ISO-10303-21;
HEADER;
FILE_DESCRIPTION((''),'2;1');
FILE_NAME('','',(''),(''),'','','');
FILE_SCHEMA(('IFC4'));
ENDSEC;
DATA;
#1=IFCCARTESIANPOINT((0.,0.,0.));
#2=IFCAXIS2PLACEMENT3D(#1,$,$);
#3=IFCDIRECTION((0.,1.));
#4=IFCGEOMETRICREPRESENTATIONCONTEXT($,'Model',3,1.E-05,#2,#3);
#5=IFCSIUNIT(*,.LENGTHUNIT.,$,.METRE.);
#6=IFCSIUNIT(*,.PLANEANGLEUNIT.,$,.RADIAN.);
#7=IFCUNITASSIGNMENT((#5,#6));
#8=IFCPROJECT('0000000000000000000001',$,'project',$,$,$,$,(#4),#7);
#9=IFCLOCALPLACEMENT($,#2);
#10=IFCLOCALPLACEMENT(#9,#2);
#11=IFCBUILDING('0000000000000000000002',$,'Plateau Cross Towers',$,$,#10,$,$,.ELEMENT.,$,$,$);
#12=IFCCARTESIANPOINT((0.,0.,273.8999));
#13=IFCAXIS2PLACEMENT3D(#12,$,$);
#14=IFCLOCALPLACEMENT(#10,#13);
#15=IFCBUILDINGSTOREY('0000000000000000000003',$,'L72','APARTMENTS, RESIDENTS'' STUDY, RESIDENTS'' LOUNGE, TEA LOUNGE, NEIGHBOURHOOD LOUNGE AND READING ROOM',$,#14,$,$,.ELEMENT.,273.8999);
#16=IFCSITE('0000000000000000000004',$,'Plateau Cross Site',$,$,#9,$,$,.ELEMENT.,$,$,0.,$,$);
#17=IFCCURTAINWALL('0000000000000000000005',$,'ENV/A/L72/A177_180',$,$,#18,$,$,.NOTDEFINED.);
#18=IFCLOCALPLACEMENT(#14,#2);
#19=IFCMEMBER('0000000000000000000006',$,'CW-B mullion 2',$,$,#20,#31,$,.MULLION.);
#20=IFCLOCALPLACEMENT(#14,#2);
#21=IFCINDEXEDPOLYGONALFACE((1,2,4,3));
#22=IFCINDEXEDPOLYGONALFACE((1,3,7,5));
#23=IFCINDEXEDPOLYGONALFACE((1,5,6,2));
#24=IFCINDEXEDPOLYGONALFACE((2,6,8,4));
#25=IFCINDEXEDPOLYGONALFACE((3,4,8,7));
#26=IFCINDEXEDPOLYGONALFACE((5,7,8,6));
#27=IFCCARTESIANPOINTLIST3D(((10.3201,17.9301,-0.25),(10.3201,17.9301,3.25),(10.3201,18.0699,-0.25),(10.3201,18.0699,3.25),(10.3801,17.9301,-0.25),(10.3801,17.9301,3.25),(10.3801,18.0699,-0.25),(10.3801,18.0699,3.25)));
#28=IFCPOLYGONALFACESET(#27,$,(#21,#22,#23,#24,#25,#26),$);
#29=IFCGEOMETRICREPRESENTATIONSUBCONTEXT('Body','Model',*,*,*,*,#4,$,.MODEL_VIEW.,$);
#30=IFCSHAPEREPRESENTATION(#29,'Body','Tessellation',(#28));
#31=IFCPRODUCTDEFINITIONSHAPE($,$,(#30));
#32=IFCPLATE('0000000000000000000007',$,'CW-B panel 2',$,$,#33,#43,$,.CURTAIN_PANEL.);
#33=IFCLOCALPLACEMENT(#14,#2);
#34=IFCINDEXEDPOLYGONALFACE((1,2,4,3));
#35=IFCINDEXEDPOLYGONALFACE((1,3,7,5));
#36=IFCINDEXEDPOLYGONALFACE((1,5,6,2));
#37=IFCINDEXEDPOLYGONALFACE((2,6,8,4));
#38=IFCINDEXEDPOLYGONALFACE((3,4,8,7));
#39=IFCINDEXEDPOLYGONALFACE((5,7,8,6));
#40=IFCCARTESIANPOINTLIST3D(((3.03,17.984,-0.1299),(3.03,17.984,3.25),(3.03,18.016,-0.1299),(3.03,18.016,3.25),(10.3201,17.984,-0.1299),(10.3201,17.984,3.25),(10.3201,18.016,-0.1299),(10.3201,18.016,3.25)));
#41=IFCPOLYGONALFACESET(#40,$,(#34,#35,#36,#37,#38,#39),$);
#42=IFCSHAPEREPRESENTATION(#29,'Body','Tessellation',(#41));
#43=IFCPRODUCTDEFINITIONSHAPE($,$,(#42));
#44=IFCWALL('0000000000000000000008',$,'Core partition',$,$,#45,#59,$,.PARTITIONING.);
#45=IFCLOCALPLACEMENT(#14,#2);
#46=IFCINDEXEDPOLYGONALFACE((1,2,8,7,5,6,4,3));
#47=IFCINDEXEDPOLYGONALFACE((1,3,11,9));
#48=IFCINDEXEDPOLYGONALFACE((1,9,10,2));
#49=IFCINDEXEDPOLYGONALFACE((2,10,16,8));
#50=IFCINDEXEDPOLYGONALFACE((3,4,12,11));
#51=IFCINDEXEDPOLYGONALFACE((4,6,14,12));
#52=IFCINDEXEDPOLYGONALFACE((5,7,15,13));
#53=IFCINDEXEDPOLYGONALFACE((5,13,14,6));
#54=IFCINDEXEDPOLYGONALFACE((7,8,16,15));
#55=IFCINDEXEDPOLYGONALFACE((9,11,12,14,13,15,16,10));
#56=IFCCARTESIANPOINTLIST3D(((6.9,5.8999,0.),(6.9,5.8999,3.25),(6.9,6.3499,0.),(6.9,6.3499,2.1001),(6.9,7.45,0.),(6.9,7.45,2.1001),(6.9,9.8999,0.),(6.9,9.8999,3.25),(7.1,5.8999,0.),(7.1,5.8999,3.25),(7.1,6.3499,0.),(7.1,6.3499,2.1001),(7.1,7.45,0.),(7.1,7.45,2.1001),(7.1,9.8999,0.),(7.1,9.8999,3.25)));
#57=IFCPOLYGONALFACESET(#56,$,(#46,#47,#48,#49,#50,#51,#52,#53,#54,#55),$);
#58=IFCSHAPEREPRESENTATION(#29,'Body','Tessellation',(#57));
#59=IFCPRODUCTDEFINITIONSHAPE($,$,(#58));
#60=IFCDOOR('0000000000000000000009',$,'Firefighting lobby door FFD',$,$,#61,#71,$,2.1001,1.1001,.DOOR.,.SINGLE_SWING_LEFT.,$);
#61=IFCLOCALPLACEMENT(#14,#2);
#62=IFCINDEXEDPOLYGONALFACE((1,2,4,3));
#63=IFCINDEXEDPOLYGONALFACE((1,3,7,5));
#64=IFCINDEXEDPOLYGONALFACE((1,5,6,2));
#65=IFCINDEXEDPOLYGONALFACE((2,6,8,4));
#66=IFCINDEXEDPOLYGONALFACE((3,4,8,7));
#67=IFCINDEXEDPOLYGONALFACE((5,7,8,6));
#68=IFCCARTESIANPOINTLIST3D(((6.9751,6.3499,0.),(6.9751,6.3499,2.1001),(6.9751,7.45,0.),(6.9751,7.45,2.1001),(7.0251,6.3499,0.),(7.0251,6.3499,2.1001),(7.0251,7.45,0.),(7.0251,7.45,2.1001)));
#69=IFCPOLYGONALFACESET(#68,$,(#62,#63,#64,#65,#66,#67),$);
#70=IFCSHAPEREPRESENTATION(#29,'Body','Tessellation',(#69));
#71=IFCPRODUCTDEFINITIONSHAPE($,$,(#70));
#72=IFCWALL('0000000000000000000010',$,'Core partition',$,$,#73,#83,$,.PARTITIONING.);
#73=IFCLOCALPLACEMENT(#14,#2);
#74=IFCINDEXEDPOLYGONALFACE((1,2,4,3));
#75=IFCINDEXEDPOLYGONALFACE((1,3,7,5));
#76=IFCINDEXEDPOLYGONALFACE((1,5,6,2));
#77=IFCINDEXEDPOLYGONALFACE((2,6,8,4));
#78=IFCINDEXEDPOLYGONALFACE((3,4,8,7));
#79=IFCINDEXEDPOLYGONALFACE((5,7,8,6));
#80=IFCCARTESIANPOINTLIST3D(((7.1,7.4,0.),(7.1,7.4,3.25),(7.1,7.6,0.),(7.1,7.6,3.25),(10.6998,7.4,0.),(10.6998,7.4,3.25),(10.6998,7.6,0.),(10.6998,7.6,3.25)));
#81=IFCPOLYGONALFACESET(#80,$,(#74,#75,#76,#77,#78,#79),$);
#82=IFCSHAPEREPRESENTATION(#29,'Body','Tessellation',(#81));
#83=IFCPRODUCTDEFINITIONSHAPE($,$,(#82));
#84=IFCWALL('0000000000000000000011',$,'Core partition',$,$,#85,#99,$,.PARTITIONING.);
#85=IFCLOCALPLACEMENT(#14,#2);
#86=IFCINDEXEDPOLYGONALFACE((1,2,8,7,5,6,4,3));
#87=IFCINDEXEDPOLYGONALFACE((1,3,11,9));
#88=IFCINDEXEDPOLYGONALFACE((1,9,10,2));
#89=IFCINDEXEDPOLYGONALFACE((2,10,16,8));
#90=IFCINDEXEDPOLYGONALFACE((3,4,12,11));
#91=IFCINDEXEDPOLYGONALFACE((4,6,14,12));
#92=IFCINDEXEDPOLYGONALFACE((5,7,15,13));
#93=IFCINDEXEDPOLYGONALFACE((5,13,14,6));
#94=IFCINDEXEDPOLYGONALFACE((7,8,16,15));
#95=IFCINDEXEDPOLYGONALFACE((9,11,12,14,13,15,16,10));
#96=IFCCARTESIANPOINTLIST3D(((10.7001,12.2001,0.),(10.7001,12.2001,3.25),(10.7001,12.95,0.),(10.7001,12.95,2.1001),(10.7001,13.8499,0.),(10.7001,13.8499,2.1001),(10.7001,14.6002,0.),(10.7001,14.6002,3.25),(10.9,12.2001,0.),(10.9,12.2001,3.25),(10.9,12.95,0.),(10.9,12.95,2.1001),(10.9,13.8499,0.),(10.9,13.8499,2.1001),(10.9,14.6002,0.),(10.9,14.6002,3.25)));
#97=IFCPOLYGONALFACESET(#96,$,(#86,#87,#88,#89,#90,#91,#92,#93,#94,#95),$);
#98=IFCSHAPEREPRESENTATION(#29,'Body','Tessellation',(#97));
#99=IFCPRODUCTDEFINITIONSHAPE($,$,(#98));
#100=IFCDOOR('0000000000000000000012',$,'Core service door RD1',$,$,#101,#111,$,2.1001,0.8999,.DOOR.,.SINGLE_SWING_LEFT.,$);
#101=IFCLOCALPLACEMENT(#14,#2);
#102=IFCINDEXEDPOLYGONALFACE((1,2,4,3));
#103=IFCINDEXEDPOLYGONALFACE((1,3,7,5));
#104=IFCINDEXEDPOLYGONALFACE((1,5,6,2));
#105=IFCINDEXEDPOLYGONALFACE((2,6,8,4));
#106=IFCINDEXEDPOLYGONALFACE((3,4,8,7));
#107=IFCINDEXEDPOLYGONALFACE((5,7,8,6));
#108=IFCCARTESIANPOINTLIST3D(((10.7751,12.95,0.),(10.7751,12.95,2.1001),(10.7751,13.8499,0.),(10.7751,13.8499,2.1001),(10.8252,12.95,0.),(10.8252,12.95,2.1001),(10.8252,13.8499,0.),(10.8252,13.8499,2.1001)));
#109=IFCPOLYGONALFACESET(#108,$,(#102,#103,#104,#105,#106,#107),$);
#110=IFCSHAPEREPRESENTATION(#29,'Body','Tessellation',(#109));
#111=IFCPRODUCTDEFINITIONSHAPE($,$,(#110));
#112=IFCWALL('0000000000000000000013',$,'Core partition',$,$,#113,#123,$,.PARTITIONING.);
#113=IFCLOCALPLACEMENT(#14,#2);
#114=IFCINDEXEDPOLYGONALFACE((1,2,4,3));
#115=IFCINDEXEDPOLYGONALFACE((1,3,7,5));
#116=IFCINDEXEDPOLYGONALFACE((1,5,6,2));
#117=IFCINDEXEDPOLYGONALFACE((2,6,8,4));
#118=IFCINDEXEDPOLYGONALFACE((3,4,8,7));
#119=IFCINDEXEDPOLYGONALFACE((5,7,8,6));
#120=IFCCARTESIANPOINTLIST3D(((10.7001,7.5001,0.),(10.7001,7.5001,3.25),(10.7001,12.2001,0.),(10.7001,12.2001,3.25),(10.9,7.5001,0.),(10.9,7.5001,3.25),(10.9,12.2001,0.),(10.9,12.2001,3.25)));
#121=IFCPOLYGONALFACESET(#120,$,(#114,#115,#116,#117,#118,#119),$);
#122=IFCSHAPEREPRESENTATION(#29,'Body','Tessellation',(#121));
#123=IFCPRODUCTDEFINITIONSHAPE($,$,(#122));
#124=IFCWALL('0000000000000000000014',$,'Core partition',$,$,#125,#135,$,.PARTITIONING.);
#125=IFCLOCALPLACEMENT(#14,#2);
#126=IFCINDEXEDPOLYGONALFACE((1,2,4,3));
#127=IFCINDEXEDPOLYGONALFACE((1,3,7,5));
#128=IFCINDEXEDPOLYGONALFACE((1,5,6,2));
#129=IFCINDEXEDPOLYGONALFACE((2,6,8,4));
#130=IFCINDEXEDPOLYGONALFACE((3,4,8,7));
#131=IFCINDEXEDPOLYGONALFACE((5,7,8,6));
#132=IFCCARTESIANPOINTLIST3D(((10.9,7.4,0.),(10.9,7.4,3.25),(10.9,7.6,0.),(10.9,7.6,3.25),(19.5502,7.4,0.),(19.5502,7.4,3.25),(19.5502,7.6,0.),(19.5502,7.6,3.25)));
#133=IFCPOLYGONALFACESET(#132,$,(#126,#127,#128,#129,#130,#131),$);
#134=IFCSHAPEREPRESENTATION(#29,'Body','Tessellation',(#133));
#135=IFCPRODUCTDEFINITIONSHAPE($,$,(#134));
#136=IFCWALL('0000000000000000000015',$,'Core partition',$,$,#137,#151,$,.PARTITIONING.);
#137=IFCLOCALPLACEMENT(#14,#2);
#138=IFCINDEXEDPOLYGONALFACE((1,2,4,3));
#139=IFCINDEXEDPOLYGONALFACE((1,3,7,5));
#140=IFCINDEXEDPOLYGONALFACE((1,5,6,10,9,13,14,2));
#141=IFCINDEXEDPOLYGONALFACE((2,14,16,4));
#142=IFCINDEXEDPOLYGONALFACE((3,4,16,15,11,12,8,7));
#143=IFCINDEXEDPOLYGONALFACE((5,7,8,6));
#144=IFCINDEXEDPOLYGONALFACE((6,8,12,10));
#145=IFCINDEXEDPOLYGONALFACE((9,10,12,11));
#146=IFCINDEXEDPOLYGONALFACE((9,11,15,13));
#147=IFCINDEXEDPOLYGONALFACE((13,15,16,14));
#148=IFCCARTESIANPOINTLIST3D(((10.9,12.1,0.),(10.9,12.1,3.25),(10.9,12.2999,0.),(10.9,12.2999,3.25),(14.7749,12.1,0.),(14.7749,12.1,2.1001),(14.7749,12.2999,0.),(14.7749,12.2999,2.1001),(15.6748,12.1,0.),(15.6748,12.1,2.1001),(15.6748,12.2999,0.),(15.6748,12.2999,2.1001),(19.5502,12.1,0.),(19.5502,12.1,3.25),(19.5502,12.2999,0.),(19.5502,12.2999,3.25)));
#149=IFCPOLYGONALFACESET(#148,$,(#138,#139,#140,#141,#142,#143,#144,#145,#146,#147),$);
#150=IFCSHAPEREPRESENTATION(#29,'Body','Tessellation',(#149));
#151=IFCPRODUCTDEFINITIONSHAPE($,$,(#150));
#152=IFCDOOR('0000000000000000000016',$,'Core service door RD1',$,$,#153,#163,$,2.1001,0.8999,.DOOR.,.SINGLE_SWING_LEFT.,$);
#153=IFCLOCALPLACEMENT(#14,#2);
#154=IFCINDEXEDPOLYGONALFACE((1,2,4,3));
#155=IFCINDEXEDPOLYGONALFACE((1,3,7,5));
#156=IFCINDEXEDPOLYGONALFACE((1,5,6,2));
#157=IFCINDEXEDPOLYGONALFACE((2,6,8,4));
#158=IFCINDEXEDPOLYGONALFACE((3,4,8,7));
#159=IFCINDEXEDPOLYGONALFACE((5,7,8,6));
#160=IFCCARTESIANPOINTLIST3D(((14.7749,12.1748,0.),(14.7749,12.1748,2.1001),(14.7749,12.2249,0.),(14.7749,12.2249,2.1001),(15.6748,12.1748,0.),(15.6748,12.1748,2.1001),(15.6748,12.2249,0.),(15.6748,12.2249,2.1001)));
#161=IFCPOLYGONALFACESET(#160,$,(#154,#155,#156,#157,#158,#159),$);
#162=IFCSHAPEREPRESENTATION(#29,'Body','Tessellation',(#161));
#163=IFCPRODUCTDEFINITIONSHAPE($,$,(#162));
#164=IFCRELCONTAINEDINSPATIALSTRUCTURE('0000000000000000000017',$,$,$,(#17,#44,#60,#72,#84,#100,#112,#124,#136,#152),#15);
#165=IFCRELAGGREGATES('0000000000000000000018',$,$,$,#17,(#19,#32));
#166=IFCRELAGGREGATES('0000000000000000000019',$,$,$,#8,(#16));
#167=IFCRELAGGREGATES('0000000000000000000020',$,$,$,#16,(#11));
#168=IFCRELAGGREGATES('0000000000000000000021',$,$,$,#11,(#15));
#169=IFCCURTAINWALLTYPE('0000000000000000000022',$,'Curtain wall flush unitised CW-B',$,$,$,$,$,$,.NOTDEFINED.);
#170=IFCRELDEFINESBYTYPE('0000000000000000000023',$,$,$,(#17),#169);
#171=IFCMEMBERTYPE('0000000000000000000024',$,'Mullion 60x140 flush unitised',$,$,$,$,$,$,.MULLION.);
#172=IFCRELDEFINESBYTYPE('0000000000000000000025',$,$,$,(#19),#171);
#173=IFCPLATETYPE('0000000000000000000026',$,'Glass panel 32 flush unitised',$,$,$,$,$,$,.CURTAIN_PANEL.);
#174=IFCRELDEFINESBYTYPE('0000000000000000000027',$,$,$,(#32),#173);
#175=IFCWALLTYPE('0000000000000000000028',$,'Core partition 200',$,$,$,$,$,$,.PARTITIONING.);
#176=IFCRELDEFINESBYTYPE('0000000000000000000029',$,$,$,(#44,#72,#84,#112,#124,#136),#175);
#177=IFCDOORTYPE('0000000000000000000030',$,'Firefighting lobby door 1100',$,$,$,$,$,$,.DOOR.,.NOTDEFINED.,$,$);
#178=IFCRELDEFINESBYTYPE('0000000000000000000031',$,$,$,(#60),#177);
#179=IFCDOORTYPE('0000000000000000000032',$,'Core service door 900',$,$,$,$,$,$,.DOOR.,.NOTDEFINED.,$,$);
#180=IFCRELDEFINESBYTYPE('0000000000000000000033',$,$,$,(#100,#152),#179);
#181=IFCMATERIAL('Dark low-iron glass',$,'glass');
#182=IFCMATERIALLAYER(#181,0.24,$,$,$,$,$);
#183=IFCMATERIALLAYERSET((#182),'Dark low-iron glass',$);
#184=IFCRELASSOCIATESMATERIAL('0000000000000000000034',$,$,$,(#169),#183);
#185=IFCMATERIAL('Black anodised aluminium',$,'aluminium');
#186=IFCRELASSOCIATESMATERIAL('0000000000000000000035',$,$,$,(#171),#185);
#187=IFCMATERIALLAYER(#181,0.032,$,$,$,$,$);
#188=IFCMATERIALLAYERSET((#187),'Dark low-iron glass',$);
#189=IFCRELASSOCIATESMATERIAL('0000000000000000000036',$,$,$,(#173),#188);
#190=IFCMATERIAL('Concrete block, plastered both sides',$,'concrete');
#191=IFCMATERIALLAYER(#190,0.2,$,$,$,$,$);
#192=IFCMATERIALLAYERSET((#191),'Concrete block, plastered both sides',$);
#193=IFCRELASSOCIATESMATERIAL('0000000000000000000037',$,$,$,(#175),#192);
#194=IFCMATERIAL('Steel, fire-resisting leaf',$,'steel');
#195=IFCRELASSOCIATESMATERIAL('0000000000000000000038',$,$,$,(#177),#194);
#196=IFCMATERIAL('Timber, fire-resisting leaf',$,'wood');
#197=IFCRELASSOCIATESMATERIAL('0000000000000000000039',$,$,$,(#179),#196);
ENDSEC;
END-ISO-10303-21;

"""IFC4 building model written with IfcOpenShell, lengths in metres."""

from ifc_helpers import new_model, si_unit, direction, frame, frame_2d, origin, origin_2d, place, context, subcontext, project, spatial, rectangle, extrude, material, layer, layer_set, material_profile, profile_set, type_object, element, fill, aggregate, save


model = new_model("IFC4")

# Units and contexts
model_context = context("Model", 3, precision=1e-05, world=origin(), true_north=direction((0.0, 1.0)))
body_context = subcontext(model_context, "Body", "Model", "MODEL_VIEW")
ifc_project = project(units=[si_unit("LENGTHUNIT", "METRE"), si_unit("PLANEANGLEUNIT", "RADIAN")], contexts=[model_context])

# Site, building, storey
site_placement = place(None, origin())
site = spatial("IfcSite", under=ifc_project, at=site_placement, Name="Plateau Cross Site", CompositionType="ELEMENT", RefElevation=0.0)
building_placement = place(site_placement, origin())
building = spatial("IfcBuilding", under=site, at=building_placement, Name="Plateau Cross Towers", CompositionType="ELEMENT")
storey_placement = place(building_placement, frame((0.0, 0.0, 273.8999)))
storey = spatial("IfcBuildingStorey", under=building, at=storey_placement, Name="L72", Description="APARTMENTS, RESIDENTS' STUDY, RESIDENTS' LOUNGE, TEA LOUNGE, NEIGHBOURHOOD LOUNGE AND READING ROOM", CompositionType="ELEMENT", Elevation=273.8999)

# Curtain wall, member, plate
ifc_material_1 = material(Name="Dark low-iron glass", Category="glass")
ifc_layer_1 = layer(ifc_material_1, 0.24)
ifc_layer_set_1 = layer_set([ifc_layer_1], Name="Dark low-iron glass")
curtain_wall_type = type_object("IfcCurtainWallType", Name="Curtain wall flush unitised CW-B", PredefinedType="NOTDEFINED", material=ifc_layer_set_1)
curtain_wall_placement = place(storey_placement, origin())
curtain_wall = element("IfcCurtainWall", 1, at=curtain_wall_placement, inside=storey, type_object=curtain_wall_type, Name="ENV/A/L72/A177_180", PredefinedType="NOTDEFINED")
ifc_material_2 = material(Name="Black anodised aluminium", Category="aluminium")
ifc_material_profile = material_profile(ifc_material_2, rectangle(XDim=0.0601, YDim=0.1399, at=origin_2d()), Name="MULLION 60x140")
ifc_profile_set = profile_set([ifc_material_profile], Name="Black anodised aluminium")
member_type = type_object("IfcMemberType", Name="Mullion 60x140 flush unitised", PredefinedType="MULLION", material=ifc_profile_set)
member_placement = place(storey_placement, frame((10.3501, 18.0, -0.25), z_axis=(0.0, 0.0, 1.0), x_axis=(-1.0, 0.0, 0.0)))
member = element("IfcMember", 2, at=member_placement, type_object=member_type, Name="CW-B mullion 2", PredefinedType="MULLION", context=body_context, shape_type="SweptSolid", body=[
    extrude(rectangle(XDim=0.0601, YDim=0.1399, at=origin_2d()), origin(), (0.0, 0.0, 1.0), 3.5),
])
ifc_layer_2 = layer(ifc_material_1, 0.032)
ifc_layer_set_2 = layer_set([ifc_layer_2], Name="Dark low-iron glass")
plate_type = type_object("IfcPlateType", Name="Glass panel 32 flush unitised", PredefinedType="CURTAIN_PANEL", material=ifc_layer_set_2)
plate_placement = place(storey_placement, frame((6.675, 18.0, -0.1299), z_axis=(0.0, 0.0, 1.0), x_axis=(-1.0, 0.0, 0.0)))
plate = element("IfcPlate", 3, at=plate_placement, type_object=plate_type, Name="CW-B panel 2", PredefinedType="CURTAIN_PANEL", context=body_context, shape_type="SweptSolid", body=[
    extrude(rectangle(XDim=7.29, YDim=0.032, at=origin_2d()), origin(), (0.0, 0.0, 1.0), 3.3799),
])
aggregate(curtain_wall, [member, plate])

# Wall, opening, door
ifc_material_3 = material(Name="Concrete block, plastered both sides", Category="concrete")
ifc_layer_3 = layer(ifc_material_3, 0.2)
ifc_layer_set_3 = layer_set([ifc_layer_3], Name="Concrete block, plastered both sides")
wall_type_1 = type_object("IfcWallType", Name="Core partition 200", PredefinedType="PARTITIONING", material=ifc_layer_set_3)
wall_1_placement = place(storey_placement, frame((7.0, 5.8999, 0.0), z_axis=(0.0, 0.0, 1.0), x_axis=(0.0, 1.0, 0.0)))
wall_1 = element("IfcWall", 4, at=wall_1_placement, inside=storey, type_object=wall_type_1, Name="Core partition", PredefinedType="PARTITIONING", context=body_context, shape_type="SweptSolid", body=[
    extrude(rectangle(XDim=4.0, YDim=0.2, at=frame_2d((2.0, 0.0))), origin(), (0.0, 0.0, 1.0), 3.25),
])
opening_1_placement = place(wall_1_placement, frame((0.45, 0.0, 0.0)))
opening_1 = element("IfcOpeningElement", 5, at=opening_1_placement, cuts=wall_1, PredefinedType="OPENING", context=body_context, shape_type="SweptSolid", body=[
    extrude(rectangle(XDim=1.1001, YDim=2.1001, at=frame_2d((0.55, 1.05))), frame((0.0, 0.1099, 0.0), z_axis=(0.0, -1.0, 0.0), x_axis=(1.0, 0.0, 0.0)), (0.0, 0.0, 1.0), 0.22),
])
ifc_material_4 = material(Name="Steel, fire-resisting leaf", Category="steel")
door_type_1 = type_object("IfcDoorType", Name="Firefighting lobby door 1100", OperationType="NOTDEFINED", PredefinedType="DOOR", material=ifc_material_4)
door_1_placement = place(opening_1_placement, origin())
door_1 = element("IfcDoor", 6, at=door_1_placement, inside=storey, type_object=door_type_1, Name="Firefighting lobby door FFD", OperationType="SINGLE_SWING_LEFT", OverallHeight=2.1001, OverallWidth=1.1001, PredefinedType="DOOR", context=body_context, shape_type="SweptSolid", body=[
    extrude(rectangle(XDim=1.1001, YDim=2.1001, at=frame_2d((0.55, 1.05))), frame((0.0, 0.0249, 0.0), z_axis=(0.0, -1.0, 0.0), x_axis=(1.0, 0.0, 0.0)), (0.0, 0.0, 1.0), 0.05),
])
fill(opening_1, door_1)

# Wall
wall_2_placement = place(storey_placement, frame((7.1001, 7.5, 0.0), z_axis=(0.0, 0.0, 1.0), x_axis=(1.0, 0.0, 0.0)))
element("IfcWall", 7, at=wall_2_placement, inside=storey, type_object=wall_type_1, Name="Core partition", PredefinedType="PARTITIONING", context=body_context, shape_type="SweptSolid", body=[
    extrude(rectangle(XDim=3.5999, YDim=0.2, at=frame_2d((1.7998, 0.0))), origin(), (0.0, 0.0, 1.0), 3.25),
])

# Wall, opening, door
wall_3_placement = place(storey_placement, frame((10.8, 12.2, 0.0), z_axis=(0.0, 0.0, 1.0), x_axis=(0.0, 1.0, 0.0)))
wall_3 = element("IfcWall", 8, at=wall_3_placement, inside=storey, type_object=wall_type_1, Name="Core partition", PredefinedType="PARTITIONING", context=body_context, shape_type="SweptSolid", body=[
    extrude(rectangle(XDim=2.4001, YDim=0.2, at=frame_2d((1.2002, 0.0))), origin(), (0.0, 0.0, 1.0), 3.25),
])
opening_2_placement = place(wall_3_placement, frame((0.75, 0.0, 0.0)))
opening_2 = element("IfcOpeningElement", 9, at=opening_2_placement, cuts=wall_3, PredefinedType="OPENING", context=body_context, shape_type="SweptSolid", body=[
    extrude(rectangle(XDim=0.8999, YDim=2.1001, at=frame_2d((0.45, 1.05))), frame((0.0, 0.1099, 0.0), z_axis=(0.0, -1.0, 0.0), x_axis=(1.0, 0.0, 0.0)), (0.0, 0.0, 1.0), 0.22),
])
ifc_material_5 = material(Name="Timber, fire-resisting leaf", Category="wood")
door_type_2 = type_object("IfcDoorType", Name="Core service door 900", OperationType="NOTDEFINED", PredefinedType="DOOR", material=ifc_material_5)
door_2_placement = place(opening_2_placement, origin())
door_2 = element("IfcDoor", 10, at=door_2_placement, inside=storey, type_object=door_type_2, Name="Core service door RD1", OperationType="SINGLE_SWING_LEFT", OverallHeight=2.1001, OverallWidth=0.8999, PredefinedType="DOOR", context=body_context, shape_type="SweptSolid", body=[
    extrude(rectangle(XDim=0.8999, YDim=2.1001, at=frame_2d((0.45, 1.05))), frame((0.0, 0.0249, 0.0), z_axis=(0.0, -1.0, 0.0), x_axis=(1.0, 0.0, 0.0)), (0.0, 0.0, 1.0), 0.05),
])
fill(opening_2, door_2)

# Walls
wall_4_placement = place(storey_placement, frame((10.8, 7.5, 0.0), z_axis=(0.0, 0.0, 1.0), x_axis=(0.0, 1.0, 0.0)))
element("IfcWall", 11, at=wall_4_placement, inside=storey, type_object=wall_type_1, Name="Core partition", PredefinedType="PARTITIONING", context=body_context, shape_type="SweptSolid", body=[
    extrude(rectangle(XDim=4.7, YDim=0.2, at=frame_2d((2.3501, 0.0))), origin(), (0.0, 0.0, 1.0), 3.25),
])
wall_5_placement = place(storey_placement, frame((10.8999, 7.5, 0.0), z_axis=(0.0, 0.0, 1.0), x_axis=(1.0, 0.0, 0.0)))
element("IfcWall", 12, at=wall_5_placement, inside=storey, type_object=wall_type_1, Name="Core partition", PredefinedType="PARTITIONING", context=body_context, shape_type="SweptSolid", body=[
    extrude(rectangle(XDim=8.6501, YDim=0.2, at=frame_2d((4.3252, 0.0))), origin(), (0.0, 0.0, 1.0), 3.25),
])

# Wall, opening, door
wall_6_placement = place(storey_placement, frame((10.8999, 12.2, 0.0), z_axis=(0.0, 0.0, 1.0), x_axis=(1.0, 0.0, 0.0)))
wall_6 = element("IfcWall", 13, at=wall_6_placement, inside=storey, type_object=wall_type_1, Name="Core partition", PredefinedType="PARTITIONING", context=body_context, shape_type="SweptSolid", body=[
    extrude(rectangle(XDim=8.6501, YDim=0.2, at=frame_2d((4.3252, 0.0))), origin(), (0.0, 0.0, 1.0), 3.25),
])
opening_3_placement = place(wall_6_placement, frame((3.875, 0.0, 0.0)))
opening_3 = element("IfcOpeningElement", 14, at=opening_3_placement, cuts=wall_6, PredefinedType="OPENING", context=body_context, shape_type="SweptSolid", body=[
    extrude(rectangle(XDim=0.8999, YDim=2.1001, at=frame_2d((0.45, 1.05))), frame((0.0, 0.1099, 0.0), z_axis=(0.0, -1.0, 0.0), x_axis=(1.0, 0.0, 0.0)), (0.0, 0.0, 1.0), 0.22),
])
door_3_placement = place(opening_3_placement, origin())
door_3 = element("IfcDoor", 15, at=door_3_placement, inside=storey, type_object=door_type_2, Name="Core service door RD1", OperationType="SINGLE_SWING_LEFT", OverallHeight=2.1001, OverallWidth=0.8999, PredefinedType="DOOR", context=body_context, shape_type="SweptSolid", body=[
    extrude(rectangle(XDim=0.8999, YDim=2.1001, at=frame_2d((0.45, 1.05))), frame((0.0, 0.0249, 0.0), z_axis=(0.0, -1.0, 0.0), x_axis=(1.0, 0.0, 0.0)), (0.0, 0.0, 1.0), 0.05),
])
fill(opening_3, door_3)

save(model, "model.ifc")
